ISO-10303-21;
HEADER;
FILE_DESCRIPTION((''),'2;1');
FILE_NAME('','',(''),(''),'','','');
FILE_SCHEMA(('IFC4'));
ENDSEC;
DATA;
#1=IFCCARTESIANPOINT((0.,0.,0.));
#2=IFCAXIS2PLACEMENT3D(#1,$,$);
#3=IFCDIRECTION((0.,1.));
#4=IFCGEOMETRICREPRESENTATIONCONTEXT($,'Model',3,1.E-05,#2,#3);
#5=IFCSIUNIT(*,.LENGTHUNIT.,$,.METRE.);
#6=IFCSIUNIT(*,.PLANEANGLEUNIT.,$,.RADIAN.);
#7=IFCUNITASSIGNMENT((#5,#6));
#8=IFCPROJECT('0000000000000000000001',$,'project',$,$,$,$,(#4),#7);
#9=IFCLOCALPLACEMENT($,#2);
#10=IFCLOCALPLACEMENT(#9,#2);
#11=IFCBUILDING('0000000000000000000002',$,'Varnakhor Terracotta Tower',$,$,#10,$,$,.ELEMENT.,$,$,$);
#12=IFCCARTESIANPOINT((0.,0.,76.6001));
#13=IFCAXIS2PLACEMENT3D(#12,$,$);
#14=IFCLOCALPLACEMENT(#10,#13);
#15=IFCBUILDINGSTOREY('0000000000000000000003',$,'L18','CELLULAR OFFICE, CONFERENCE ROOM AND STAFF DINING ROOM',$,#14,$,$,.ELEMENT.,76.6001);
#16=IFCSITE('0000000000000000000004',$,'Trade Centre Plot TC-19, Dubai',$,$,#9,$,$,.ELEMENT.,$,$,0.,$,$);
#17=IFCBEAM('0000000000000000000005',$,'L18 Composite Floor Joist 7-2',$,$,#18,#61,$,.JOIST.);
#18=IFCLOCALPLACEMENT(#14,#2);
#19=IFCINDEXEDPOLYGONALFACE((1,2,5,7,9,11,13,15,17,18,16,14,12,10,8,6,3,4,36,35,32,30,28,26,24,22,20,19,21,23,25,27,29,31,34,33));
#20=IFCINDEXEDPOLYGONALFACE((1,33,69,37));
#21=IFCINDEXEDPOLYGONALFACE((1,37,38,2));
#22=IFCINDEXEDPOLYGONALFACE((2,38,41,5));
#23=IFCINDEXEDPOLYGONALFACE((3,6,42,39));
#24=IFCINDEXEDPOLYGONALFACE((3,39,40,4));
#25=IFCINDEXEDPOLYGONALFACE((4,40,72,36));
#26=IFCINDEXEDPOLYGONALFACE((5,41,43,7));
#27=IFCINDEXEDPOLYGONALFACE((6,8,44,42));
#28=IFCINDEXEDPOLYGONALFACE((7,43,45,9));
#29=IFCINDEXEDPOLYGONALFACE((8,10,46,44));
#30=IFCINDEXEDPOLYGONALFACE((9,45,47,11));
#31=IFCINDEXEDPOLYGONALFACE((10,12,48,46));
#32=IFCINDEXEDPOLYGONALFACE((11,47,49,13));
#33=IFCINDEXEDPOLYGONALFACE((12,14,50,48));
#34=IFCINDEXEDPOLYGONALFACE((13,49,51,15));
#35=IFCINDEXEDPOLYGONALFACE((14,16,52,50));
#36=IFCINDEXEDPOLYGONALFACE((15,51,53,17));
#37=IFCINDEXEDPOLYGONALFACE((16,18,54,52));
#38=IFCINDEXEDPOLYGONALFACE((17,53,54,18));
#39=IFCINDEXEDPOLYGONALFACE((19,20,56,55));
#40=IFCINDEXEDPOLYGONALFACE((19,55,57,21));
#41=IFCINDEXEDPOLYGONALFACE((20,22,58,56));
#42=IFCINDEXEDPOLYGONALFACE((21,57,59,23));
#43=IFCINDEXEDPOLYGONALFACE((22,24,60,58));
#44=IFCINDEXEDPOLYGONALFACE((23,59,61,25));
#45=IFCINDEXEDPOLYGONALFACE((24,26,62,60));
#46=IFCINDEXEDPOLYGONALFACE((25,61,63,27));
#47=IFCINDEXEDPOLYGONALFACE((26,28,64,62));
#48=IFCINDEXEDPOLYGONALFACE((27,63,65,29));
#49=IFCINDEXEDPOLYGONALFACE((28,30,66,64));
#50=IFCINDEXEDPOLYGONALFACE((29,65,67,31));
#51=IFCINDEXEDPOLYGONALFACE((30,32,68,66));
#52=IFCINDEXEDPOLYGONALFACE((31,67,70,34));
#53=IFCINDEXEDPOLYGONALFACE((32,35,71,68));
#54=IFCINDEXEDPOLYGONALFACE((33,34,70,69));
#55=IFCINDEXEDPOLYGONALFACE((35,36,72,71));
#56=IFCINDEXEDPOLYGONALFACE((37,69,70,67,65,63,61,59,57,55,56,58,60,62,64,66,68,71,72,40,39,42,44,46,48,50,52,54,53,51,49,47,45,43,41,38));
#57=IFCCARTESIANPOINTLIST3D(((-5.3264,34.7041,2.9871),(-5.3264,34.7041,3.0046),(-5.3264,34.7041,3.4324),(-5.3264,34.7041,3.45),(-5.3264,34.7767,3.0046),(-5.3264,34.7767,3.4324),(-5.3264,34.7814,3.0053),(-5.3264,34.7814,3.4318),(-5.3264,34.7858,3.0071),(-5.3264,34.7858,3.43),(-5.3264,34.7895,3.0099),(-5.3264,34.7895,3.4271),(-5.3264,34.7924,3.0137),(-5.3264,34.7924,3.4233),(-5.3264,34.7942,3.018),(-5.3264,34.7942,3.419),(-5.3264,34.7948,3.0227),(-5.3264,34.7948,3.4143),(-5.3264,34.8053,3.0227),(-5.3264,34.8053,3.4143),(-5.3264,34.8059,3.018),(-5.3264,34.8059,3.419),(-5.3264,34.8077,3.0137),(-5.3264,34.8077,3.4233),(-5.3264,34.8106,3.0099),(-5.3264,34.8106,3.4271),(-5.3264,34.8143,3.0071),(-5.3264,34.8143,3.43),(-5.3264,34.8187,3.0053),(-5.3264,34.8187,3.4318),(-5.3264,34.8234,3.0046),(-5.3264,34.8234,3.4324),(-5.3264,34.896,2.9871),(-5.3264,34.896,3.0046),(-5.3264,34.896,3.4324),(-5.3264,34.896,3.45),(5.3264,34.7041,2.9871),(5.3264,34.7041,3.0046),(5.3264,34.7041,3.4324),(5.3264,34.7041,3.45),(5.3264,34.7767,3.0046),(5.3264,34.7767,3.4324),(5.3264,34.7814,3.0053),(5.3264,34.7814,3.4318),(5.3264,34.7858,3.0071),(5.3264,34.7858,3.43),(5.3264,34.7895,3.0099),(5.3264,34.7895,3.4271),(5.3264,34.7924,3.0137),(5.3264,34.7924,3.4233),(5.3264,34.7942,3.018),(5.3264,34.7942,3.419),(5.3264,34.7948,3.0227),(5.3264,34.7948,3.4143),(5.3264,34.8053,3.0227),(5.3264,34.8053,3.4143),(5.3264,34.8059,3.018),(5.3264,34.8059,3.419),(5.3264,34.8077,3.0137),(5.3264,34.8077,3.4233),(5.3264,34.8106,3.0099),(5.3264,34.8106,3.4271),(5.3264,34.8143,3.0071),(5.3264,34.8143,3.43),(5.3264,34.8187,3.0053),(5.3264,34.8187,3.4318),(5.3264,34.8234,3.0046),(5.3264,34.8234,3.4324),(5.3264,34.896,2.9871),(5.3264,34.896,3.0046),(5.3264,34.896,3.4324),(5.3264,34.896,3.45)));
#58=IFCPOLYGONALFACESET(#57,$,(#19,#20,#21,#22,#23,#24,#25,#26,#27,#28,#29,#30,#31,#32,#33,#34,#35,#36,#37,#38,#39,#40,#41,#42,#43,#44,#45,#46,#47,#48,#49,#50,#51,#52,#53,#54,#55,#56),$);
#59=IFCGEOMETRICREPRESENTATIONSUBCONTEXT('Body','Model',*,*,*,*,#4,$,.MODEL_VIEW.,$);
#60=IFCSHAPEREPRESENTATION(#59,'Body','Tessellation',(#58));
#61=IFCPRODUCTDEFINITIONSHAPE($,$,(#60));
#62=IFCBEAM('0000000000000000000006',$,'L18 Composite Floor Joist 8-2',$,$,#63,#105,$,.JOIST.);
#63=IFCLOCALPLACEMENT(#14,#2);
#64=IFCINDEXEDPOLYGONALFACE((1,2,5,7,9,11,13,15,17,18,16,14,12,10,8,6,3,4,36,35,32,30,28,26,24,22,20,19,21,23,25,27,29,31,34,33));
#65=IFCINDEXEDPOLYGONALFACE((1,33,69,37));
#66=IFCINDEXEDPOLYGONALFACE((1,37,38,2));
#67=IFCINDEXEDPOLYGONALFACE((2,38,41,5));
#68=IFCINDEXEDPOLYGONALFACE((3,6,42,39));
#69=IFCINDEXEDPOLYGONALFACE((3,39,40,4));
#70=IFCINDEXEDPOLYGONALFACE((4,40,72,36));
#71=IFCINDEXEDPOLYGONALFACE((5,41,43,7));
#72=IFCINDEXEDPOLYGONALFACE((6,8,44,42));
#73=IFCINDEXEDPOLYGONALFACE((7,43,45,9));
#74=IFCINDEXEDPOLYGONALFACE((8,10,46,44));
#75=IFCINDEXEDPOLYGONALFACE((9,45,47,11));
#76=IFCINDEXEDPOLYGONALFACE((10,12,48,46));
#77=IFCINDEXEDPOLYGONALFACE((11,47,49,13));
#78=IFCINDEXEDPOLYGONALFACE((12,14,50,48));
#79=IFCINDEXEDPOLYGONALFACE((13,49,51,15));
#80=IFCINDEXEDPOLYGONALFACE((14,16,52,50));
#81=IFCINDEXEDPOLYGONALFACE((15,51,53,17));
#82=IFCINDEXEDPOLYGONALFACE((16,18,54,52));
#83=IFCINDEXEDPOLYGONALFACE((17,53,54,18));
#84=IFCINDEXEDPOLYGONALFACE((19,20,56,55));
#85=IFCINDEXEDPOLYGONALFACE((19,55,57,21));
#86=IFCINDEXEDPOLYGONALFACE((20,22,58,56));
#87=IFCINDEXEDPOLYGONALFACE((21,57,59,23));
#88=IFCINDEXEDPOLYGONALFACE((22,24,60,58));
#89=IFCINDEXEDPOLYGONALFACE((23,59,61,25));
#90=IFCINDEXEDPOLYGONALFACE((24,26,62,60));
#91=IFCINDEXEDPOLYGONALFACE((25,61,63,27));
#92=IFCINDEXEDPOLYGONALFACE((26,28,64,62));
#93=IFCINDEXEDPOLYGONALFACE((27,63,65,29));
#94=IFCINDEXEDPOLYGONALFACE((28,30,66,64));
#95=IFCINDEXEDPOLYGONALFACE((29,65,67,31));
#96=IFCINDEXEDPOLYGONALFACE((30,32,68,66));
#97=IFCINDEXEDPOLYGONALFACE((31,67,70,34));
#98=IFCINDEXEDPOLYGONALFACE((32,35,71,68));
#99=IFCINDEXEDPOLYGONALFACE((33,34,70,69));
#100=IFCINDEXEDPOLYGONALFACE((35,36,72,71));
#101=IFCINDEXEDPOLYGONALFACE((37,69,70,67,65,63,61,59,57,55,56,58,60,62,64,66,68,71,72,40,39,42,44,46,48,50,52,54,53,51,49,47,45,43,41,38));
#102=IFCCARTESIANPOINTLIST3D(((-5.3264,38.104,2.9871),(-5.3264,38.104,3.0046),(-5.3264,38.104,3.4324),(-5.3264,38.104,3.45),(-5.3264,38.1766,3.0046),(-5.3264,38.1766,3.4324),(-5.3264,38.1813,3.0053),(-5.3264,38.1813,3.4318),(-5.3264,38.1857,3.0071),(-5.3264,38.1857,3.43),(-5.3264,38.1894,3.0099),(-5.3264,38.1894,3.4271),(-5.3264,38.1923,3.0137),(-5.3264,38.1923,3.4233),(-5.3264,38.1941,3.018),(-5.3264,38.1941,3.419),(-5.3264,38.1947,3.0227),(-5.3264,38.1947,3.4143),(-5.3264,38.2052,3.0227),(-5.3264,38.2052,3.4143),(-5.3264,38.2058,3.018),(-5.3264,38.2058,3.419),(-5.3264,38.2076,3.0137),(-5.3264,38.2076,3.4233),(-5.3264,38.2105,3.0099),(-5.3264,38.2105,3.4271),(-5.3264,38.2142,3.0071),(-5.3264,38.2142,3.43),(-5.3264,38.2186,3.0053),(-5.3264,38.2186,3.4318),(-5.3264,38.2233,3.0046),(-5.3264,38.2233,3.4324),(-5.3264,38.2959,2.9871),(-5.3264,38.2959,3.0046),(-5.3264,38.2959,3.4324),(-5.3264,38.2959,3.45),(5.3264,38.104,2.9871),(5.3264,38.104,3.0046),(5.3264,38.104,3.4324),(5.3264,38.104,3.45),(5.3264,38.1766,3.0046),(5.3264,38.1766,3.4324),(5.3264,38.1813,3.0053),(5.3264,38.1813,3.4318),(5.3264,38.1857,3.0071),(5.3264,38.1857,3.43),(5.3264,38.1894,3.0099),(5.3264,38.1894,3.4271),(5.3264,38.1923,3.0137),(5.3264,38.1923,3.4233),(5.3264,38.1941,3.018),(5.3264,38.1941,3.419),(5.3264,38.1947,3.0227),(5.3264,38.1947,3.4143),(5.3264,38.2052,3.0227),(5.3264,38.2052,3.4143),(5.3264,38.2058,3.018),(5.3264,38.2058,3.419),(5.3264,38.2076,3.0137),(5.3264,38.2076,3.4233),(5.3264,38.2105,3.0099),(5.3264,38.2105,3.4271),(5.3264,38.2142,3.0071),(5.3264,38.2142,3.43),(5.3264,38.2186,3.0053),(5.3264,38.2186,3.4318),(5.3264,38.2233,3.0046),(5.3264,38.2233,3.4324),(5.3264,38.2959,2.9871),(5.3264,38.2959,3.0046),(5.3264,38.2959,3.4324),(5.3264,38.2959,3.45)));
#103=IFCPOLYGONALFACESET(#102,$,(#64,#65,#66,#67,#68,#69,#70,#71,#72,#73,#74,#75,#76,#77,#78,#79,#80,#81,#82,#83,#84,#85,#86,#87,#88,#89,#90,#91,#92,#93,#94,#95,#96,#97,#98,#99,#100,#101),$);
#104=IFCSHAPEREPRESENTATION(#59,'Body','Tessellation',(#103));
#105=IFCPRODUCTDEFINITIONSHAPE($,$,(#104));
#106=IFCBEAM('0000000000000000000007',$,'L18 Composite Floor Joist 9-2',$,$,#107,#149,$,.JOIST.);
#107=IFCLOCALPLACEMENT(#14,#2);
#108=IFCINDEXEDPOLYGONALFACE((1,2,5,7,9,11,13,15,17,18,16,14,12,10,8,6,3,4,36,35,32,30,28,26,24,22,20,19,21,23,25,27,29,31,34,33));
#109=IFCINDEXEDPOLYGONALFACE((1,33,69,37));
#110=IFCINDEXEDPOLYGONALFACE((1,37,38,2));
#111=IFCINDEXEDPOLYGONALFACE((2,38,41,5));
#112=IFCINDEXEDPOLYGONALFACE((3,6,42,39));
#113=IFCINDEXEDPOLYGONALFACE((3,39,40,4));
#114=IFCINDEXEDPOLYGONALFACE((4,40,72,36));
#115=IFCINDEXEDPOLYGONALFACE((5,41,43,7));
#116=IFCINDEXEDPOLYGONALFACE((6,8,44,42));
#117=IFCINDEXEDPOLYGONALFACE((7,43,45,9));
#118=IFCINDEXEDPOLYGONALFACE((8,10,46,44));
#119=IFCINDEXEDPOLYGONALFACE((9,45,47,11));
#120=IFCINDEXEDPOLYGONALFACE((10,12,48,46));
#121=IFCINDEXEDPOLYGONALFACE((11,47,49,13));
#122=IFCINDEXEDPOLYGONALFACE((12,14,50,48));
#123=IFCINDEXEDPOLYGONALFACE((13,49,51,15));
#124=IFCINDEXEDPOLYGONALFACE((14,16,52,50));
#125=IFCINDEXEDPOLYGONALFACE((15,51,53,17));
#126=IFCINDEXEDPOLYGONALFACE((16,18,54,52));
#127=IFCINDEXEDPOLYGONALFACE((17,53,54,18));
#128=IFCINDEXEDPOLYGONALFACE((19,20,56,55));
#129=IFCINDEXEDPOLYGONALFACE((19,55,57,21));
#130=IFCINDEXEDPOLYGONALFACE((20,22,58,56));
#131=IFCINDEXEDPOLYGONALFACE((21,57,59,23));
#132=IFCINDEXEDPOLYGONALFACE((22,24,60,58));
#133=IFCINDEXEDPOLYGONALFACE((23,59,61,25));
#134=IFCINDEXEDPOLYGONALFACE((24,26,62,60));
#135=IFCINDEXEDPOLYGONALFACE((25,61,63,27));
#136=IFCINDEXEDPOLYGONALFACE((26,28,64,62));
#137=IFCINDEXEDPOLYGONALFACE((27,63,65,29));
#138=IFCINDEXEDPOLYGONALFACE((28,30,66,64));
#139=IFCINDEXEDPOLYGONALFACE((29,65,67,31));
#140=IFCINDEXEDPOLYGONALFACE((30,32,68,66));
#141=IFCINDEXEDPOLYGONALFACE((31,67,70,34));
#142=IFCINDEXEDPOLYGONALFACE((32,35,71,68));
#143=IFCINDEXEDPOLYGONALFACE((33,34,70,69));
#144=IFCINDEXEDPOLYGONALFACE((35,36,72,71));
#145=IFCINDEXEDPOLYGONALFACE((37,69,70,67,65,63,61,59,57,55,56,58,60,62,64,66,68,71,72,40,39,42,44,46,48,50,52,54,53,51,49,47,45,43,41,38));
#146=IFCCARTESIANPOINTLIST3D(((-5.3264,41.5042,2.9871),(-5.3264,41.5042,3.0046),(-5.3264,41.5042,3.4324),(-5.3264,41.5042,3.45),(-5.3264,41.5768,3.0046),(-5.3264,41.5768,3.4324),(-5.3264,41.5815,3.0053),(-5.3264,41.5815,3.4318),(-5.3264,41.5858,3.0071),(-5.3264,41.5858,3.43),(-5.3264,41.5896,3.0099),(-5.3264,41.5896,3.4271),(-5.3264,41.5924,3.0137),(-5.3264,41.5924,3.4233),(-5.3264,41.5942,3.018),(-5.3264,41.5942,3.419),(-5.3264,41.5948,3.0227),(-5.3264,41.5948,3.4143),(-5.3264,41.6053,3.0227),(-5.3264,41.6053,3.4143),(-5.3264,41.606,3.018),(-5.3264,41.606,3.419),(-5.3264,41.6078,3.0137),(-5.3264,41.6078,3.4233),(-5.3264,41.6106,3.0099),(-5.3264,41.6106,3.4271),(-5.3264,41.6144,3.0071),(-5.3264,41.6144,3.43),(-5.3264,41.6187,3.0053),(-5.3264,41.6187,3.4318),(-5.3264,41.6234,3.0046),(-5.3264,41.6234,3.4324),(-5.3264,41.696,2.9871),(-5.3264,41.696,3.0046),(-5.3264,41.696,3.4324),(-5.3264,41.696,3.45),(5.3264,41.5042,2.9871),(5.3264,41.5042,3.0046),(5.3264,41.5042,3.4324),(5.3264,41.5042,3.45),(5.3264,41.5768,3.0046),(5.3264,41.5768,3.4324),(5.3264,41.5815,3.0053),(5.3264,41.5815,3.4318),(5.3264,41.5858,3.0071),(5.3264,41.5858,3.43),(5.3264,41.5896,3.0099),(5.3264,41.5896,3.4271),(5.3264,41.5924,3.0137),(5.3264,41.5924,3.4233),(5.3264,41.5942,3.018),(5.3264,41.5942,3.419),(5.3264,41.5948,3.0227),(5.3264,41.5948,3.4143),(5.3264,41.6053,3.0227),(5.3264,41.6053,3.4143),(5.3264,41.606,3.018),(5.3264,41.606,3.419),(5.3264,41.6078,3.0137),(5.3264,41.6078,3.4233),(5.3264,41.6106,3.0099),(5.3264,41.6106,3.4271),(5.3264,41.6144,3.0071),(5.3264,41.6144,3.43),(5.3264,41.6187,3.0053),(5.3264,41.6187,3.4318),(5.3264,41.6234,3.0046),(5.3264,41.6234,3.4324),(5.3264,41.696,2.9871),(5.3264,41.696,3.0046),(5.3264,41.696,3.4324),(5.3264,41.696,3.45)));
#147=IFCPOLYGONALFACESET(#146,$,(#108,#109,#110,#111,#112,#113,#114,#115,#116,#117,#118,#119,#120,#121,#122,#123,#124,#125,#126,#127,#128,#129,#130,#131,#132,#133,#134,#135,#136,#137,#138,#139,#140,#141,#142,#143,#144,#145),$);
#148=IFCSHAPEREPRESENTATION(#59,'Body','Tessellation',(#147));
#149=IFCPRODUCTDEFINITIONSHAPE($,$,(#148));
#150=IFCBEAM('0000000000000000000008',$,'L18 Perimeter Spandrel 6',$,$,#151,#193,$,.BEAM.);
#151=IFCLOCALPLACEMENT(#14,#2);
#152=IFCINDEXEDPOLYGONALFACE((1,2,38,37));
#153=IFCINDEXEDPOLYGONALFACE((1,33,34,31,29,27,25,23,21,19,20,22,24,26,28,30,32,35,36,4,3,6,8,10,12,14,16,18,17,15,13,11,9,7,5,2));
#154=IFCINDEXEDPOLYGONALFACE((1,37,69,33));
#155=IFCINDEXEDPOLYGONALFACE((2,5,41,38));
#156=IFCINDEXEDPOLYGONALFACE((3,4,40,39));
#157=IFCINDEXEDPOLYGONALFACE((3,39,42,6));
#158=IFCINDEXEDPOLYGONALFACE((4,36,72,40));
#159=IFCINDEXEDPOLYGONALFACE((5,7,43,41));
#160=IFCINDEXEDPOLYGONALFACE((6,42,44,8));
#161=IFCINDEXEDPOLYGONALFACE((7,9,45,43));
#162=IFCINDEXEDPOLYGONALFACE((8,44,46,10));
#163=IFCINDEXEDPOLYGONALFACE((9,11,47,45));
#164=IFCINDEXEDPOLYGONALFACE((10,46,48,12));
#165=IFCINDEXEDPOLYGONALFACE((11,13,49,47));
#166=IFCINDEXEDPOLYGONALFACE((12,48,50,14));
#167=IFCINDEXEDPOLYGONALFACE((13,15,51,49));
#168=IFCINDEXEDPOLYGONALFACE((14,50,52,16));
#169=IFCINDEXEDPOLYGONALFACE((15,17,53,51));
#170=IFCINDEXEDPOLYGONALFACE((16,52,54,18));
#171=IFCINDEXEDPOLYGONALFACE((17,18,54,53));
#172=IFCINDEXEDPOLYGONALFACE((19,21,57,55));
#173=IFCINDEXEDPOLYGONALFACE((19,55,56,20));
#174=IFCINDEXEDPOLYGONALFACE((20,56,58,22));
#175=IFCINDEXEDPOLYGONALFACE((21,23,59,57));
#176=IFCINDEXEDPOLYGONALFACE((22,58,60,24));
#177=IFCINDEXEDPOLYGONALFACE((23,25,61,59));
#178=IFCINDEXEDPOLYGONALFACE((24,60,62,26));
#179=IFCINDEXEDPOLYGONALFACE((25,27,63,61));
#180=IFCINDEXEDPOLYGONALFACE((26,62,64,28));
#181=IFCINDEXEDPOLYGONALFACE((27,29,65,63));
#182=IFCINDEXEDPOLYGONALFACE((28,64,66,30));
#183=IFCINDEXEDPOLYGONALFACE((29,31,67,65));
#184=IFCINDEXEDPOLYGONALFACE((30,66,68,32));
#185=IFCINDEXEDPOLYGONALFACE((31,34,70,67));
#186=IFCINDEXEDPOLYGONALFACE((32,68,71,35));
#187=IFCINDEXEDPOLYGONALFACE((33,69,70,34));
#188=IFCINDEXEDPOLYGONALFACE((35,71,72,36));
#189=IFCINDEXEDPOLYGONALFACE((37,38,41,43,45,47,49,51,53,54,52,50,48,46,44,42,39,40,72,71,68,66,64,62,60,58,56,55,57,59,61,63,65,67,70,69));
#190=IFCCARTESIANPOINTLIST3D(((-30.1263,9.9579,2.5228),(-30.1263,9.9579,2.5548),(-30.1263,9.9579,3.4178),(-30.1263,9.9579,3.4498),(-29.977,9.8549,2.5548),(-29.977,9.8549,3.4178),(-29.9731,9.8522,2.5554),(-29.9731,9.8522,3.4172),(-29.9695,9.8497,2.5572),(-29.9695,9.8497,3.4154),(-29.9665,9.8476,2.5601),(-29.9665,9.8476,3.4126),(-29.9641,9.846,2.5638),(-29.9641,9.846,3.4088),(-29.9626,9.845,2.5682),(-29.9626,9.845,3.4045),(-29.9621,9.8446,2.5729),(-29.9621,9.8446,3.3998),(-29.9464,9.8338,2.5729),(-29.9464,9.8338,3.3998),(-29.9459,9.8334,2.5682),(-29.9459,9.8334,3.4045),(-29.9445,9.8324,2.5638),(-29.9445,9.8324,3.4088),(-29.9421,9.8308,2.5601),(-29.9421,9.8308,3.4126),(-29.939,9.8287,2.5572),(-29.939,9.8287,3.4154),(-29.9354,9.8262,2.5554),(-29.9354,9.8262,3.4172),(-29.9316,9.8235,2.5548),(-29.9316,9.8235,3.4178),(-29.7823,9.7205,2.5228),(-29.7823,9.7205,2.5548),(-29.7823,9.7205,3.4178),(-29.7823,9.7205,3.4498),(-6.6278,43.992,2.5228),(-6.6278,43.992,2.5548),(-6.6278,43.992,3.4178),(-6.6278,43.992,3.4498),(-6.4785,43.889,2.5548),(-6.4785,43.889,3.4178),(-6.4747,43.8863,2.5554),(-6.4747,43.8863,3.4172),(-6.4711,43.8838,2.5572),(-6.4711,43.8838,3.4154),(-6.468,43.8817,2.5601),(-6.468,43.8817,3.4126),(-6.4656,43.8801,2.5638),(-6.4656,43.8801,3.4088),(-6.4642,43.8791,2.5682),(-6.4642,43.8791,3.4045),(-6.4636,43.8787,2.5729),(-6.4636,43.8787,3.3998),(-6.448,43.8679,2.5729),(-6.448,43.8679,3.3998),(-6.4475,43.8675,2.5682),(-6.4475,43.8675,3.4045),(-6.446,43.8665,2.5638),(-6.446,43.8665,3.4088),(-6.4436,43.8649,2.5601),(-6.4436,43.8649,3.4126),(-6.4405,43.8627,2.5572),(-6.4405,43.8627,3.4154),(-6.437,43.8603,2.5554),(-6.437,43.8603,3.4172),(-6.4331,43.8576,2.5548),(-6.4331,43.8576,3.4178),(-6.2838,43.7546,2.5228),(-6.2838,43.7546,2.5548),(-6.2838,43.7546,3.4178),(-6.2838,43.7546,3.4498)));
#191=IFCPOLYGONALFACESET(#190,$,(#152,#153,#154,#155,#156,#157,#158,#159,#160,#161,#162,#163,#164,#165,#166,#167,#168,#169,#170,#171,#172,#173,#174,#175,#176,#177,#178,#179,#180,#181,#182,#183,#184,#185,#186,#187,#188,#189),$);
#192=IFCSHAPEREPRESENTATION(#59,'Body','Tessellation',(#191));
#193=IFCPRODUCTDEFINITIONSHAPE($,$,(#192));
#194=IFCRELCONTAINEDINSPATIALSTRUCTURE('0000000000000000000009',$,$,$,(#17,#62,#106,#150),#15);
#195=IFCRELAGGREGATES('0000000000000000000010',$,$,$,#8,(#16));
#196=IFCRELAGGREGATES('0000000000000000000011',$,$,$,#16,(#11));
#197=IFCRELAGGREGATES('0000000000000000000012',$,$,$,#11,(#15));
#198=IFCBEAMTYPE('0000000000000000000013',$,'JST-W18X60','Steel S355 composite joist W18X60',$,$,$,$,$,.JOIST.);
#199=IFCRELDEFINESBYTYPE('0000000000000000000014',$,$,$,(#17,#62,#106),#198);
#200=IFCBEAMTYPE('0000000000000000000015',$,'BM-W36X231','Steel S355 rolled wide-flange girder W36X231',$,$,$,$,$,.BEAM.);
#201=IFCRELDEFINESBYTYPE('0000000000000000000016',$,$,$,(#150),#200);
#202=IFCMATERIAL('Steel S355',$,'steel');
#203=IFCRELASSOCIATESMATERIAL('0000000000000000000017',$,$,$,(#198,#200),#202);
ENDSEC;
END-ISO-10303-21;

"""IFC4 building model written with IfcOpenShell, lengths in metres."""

from ifc_helpers import new_model, si_unit, direction, frame, origin, origin_2d, place, context, subcontext, project, spatial, i_section, extrude, source, transform, mapped, material, material_profile, profile_set, type_object, element, save


model = new_model("IFC4")

# Units and contexts
model_context = context("Model", 3, precision=1e-05, world=origin(), true_north=direction((0.0, 1.0)))
body_context = subcontext(model_context, "Body", "Model", "MODEL_VIEW")
ifc_project = project(units=[si_unit("LENGTHUNIT", "METRE"), si_unit("PLANEANGLEUNIT", "RADIAN")], contexts=[model_context])

# Site, building, storey
site_placement = place(None, origin())
site = spatial("IfcSite", under=ifc_project, at=site_placement, Name="Trade Centre Plot TC-19, Dubai", CompositionType="ELEMENT", RefElevation=0.0)
building_placement = place(site_placement, origin())
building = spatial("IfcBuilding", under=site, at=building_placement, Name="Varnakhor Terracotta Tower", CompositionType="ELEMENT")
storey_placement = place(building_placement, frame((0.0, 0.0, 76.6001)))
storey = spatial("IfcBuildingStorey", under=building, at=storey_placement, Name="L18", Description="CELLULAR OFFICE, CONFERENCE ROOM AND STAFF DINING ROOM", CompositionType="ELEMENT", Elevation=76.6001)

# Beams
ifc_material_1 = material(Name="Steel S355", Category="steel")
ifc_material_profile_1 = material_profile(ifc_material_1, i_section(OverallWidth=0.1919, OverallDepth=0.4629, WebThickness=0.0105, FlangeThickness=0.0176, FilletRadius=0.0181, at=origin_2d()), Name="W18X60")
ifc_profile_set_1 = profile_set([ifc_material_profile_1], Name="Steel S355")
beam_type_1 = type_object("IfcBeamType", Name="JST-W18X60", Description="Steel S355 composite joist W18X60", PredefinedType="JOIST", material=ifc_profile_set_1)
shared_shape_1 = source(origin(), body_context, "Body", "SweptSolid", [
    extrude(i_section(OverallWidth=0.1919, OverallDepth=0.4629, WebThickness=0.0105, FlangeThickness=0.0176, FilletRadius=0.0181, at=origin_2d()), origin(), (0.0, 0.0, 1.0), 10.6528),
])
for number, where, z_axis, x_axis, name in (
    (1, (-5.3264, 34.8, 3.2185), (1.0, 0.0, 0.0), (0.0, 1.0, 0.0), "L18 Composite Floor Joist 7-2"),
    (2, (-5.3264, 38.2, 3.2185), (1.0, 0.0, 0.0), (0.0, 1.0, 0.0), "L18 Composite Floor Joist 8-2"),
    (3, (-5.3264, 41.6001, 3.2185), (1.0, 0.0, 0.0), (0.0, 1.0, 0.0), "L18 Composite Floor Joist 9-2"),
):
    element("IfcBeam", number, at=place(storey_placement, frame(where, z_axis=z_axis, x_axis=x_axis)), inside=storey, type_object=beam_type_1, Name=name, PredefinedType="JOIST", context=body_context, shape_type="MappedRepresentation", body=[
        mapped(shared_shape_1, transform((0.0, 0.0, 0.0), scale=1.0)),
    ])
ifc_material_profile_2 = material_profile(ifc_material_1, i_section(OverallWidth=0.418, OverallDepth=0.927, WebThickness=0.019, FlangeThickness=0.032, FilletRadius=0.0181, at=origin_2d()), Name="W36X231")
ifc_profile_set_2 = profile_set([ifc_material_profile_2], Name="Steel S355")
beam_type_2 = type_object("IfcBeamType", Name="BM-W36X231", Description="Steel S355 rolled wide-flange girder W36X231", PredefinedType="BEAM", material=ifc_profile_set_2)
shared_shape_2 = source(origin(), body_context, "Body", "SweptSolid", [
    extrude(i_section(OverallWidth=0.418, OverallDepth=0.927, WebThickness=0.019, FlangeThickness=0.032, FilletRadius=0.0181, at=origin_2d()), origin(), (0.0, 0.0, 1.0), 41.3582),
])
beam_1_placement = place(storey_placement, frame((-6.4558, 43.8733, 2.9863), z_axis=(-0.56817, -0.822911, 0.0), x_axis=(0.822911, -0.56817, 0.0)))
element("IfcBeam", 4, at=beam_1_placement, inside=storey, type_object=beam_type_2, Name="L18 Perimeter Spandrel 6", PredefinedType="BEAM", context=body_context, shape_type="MappedRepresentation", body=[
    mapped(shared_shape_2, transform((0.0, 0.0, 0.0), scale=1.0)),
])

save(model, "model.ifc")
